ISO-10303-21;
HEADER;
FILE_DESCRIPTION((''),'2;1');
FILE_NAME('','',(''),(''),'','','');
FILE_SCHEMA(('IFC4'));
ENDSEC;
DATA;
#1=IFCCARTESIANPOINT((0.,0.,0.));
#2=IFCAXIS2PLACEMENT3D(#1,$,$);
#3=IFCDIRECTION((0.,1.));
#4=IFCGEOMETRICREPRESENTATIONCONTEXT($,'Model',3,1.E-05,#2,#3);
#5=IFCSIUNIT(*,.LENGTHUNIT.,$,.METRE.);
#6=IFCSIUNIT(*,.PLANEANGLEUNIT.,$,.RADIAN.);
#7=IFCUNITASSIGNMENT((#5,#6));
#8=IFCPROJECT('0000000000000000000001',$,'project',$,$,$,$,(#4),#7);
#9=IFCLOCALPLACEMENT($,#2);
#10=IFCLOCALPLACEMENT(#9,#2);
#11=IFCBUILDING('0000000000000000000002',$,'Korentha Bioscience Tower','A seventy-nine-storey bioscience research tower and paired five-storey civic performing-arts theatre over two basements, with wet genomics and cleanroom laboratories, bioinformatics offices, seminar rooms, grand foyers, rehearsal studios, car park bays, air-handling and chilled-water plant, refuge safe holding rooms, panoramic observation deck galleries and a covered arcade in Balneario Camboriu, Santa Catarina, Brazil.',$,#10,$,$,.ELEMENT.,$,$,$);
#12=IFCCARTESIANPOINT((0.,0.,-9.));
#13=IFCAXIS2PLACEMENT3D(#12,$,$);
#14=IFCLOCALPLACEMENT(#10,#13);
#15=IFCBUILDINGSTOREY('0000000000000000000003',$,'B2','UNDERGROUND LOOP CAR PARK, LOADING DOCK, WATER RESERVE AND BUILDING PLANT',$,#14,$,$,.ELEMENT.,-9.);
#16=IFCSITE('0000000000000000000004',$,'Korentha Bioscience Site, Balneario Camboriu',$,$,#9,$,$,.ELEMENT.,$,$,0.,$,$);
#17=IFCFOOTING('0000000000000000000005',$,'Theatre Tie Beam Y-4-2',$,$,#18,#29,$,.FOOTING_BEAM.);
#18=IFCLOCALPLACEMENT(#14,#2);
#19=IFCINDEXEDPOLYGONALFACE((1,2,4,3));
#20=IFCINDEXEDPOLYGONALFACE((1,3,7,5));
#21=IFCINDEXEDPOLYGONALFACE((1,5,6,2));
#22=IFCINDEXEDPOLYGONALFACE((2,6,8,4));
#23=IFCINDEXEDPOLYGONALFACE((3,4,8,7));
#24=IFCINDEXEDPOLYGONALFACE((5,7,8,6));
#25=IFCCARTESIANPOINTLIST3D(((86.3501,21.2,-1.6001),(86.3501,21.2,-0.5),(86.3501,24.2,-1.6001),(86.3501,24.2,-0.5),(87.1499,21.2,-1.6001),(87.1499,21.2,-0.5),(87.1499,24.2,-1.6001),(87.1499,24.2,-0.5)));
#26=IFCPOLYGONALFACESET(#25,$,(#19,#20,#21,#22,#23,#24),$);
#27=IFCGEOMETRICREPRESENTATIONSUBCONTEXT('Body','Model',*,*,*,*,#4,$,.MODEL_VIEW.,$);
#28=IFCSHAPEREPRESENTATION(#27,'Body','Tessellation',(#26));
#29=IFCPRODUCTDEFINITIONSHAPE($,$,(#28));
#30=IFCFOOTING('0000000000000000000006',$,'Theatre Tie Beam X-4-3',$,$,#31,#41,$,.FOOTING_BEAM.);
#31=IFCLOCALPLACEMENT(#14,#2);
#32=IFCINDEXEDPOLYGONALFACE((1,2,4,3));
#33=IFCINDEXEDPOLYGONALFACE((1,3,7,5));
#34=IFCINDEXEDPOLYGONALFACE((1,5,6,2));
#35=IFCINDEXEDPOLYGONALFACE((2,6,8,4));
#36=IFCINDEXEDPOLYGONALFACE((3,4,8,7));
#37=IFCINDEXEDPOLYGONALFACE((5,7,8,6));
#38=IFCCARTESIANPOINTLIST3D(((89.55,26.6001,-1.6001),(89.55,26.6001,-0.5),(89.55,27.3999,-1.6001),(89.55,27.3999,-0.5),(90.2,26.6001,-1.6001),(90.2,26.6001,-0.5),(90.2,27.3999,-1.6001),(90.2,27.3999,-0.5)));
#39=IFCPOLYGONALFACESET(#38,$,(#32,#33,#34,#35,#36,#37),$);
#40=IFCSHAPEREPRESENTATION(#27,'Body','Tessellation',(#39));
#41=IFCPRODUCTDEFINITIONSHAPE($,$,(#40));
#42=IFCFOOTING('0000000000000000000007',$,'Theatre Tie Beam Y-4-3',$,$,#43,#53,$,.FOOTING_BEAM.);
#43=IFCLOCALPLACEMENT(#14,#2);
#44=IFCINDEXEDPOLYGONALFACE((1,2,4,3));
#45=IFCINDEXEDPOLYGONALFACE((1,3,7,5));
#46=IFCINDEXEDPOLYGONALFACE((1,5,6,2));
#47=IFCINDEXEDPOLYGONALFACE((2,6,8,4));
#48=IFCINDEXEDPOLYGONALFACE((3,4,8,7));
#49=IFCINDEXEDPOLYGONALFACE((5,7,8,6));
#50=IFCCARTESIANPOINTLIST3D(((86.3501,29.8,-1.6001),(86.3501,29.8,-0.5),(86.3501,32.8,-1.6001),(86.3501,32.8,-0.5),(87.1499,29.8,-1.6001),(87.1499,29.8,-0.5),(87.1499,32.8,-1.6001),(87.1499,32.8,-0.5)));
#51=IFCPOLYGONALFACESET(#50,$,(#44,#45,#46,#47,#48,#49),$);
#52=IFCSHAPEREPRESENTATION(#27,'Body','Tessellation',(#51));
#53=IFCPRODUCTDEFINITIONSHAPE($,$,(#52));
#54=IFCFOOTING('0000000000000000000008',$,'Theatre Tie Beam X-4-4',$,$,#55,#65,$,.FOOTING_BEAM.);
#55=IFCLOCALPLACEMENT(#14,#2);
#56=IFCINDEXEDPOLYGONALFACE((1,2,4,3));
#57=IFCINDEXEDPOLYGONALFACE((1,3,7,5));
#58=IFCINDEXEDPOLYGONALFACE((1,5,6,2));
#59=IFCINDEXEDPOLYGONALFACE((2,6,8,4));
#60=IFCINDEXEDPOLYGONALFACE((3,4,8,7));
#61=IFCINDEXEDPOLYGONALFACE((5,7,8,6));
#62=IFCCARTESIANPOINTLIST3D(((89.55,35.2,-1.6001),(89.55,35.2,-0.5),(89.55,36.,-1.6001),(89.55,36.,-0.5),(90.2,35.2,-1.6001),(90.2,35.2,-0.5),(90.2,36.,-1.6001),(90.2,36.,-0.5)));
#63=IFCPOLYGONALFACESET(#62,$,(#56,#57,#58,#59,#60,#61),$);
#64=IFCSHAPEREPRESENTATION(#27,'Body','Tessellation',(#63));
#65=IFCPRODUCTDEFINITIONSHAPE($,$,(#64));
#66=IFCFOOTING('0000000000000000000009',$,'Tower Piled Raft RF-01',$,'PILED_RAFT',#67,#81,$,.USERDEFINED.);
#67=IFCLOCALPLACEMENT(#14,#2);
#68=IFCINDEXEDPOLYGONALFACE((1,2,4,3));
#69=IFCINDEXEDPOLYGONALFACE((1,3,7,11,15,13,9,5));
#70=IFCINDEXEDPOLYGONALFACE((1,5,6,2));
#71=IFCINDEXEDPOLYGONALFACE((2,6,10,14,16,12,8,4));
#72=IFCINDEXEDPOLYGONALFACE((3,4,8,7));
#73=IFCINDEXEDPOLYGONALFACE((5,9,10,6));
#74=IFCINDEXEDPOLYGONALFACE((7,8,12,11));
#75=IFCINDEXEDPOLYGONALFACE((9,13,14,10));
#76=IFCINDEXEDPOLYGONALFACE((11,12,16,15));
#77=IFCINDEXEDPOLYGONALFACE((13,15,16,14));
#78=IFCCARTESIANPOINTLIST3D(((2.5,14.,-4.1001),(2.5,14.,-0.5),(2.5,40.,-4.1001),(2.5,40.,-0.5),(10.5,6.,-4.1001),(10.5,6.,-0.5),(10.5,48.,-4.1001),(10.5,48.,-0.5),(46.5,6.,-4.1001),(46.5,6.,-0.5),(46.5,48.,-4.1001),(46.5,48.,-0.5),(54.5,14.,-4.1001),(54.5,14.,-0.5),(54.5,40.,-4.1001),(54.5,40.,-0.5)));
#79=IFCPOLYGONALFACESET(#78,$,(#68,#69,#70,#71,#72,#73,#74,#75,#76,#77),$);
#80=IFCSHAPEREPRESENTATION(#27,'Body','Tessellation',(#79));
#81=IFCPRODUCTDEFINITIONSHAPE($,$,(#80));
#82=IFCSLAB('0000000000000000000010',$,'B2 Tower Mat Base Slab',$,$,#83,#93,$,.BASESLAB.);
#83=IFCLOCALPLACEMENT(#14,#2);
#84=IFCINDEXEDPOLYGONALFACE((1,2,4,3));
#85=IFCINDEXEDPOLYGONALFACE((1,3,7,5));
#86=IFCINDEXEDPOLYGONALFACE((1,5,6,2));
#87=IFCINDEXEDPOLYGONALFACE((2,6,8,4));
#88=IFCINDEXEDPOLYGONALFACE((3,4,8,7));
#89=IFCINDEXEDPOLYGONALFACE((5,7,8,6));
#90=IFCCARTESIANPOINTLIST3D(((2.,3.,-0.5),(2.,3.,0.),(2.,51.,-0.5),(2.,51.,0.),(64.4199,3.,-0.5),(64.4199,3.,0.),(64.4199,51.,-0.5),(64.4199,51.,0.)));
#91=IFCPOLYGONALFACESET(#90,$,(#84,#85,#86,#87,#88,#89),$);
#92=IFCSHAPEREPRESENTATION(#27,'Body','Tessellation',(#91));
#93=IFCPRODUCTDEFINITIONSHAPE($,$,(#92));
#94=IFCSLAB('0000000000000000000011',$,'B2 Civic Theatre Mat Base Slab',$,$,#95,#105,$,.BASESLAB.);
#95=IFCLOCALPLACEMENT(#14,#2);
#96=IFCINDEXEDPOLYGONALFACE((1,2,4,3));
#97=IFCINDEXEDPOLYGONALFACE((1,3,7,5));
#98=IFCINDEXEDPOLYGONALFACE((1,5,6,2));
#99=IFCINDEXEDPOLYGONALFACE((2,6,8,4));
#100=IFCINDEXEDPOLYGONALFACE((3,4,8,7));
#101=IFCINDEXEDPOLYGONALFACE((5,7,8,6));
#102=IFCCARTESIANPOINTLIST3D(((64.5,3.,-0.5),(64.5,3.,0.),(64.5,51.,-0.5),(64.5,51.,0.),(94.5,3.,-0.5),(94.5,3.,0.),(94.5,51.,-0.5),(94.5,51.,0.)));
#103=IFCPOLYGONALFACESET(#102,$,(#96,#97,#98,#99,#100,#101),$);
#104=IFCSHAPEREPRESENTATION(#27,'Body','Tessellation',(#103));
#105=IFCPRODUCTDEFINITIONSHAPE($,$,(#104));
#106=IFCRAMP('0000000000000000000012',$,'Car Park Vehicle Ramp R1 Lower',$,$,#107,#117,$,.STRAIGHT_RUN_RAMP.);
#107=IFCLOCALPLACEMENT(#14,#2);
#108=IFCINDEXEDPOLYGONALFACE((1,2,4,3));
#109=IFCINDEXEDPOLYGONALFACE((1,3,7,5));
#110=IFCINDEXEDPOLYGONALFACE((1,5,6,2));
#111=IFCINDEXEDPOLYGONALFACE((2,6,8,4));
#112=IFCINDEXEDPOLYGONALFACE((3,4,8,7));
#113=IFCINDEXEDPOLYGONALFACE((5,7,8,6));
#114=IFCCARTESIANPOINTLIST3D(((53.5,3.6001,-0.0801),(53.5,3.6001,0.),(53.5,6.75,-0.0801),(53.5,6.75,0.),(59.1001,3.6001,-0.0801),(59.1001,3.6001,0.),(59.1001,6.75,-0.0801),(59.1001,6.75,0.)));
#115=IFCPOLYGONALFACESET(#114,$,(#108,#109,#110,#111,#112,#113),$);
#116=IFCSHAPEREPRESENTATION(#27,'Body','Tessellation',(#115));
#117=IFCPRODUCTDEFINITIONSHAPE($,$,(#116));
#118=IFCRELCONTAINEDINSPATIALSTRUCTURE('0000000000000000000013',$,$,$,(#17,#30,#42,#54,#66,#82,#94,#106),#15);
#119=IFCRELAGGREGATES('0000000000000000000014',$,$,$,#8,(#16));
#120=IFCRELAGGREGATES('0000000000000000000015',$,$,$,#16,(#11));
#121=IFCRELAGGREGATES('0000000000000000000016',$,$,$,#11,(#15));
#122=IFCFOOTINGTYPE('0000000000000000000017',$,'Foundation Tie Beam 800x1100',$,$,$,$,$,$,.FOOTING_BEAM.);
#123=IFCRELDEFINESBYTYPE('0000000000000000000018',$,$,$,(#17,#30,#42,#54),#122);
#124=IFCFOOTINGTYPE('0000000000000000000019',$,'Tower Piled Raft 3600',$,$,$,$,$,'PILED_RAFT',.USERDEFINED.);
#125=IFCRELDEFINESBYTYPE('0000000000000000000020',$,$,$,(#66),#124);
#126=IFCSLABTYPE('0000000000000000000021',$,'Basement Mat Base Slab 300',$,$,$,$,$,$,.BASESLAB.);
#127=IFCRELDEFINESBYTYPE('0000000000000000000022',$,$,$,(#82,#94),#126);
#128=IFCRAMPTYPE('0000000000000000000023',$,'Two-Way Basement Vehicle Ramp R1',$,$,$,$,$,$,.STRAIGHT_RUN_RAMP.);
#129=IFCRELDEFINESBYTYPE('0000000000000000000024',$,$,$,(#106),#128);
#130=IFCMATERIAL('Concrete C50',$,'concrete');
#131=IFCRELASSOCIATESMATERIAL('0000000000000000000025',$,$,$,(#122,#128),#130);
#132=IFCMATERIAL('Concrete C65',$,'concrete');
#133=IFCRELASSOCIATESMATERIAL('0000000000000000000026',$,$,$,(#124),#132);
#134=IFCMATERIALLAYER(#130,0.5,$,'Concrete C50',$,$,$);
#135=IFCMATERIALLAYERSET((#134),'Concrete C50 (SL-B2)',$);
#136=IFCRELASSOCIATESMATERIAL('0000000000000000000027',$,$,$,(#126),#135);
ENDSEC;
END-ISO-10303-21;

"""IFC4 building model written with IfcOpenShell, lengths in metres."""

from ifc_helpers import new_model, si_unit, direction, frame, origin, place, context, subcontext, project, spatial, polyline, outline, extrude, material, layer, layer_set, type_object, element, save


model = new_model("IFC4")

# Units and contexts
model_context = context("Model", 3, precision=1e-05, world=origin(), true_north=direction((0.0, 1.0)))
body_context = subcontext(model_context, "Body", "Model", "MODEL_VIEW")
ifc_project = project(units=[si_unit("LENGTHUNIT", "METRE"), si_unit("PLANEANGLEUNIT", "RADIAN")], contexts=[model_context])

# Site, building, storey
site_placement = place(None, origin())
site = spatial("IfcSite", under=ifc_project, at=site_placement, Name="Korentha Bioscience Site, Balneario Camboriu", CompositionType="ELEMENT", RefElevation=0.0)
building_placement = place(site_placement, origin())
building = spatial("IfcBuilding", under=site, at=building_placement, Name="Korentha Bioscience Tower", Description="A seventy-nine-storey bioscience research tower and paired five-storey civic performing-arts theatre over two basements, with wet genomics and cleanroom laboratories, bioinformatics offices, seminar rooms, grand foyers, rehearsal studios, car park bays, air-handling and chilled-water plant, refuge safe holding rooms, panoramic observation deck galleries and a covered arcade in Balneario Camboriu, Santa Catarina, Brazil.", CompositionType="ELEMENT")
storey_placement = place(building_placement, frame((0.0, 0.0, -9.0)))
storey = spatial("IfcBuildingStorey", under=building, at=storey_placement, Name="B2", Description="UNDERGROUND LOOP CAR PARK, LOADING DOCK, WATER RESERVE AND BUILDING PLANT", CompositionType="ELEMENT", Elevation=-9.0)

# Footings
ifc_material_1 = material(Name="Concrete C50", Category="concrete")
footing_type_1 = type_object("IfcFootingType", Name="Foundation Tie Beam 800x1100", PredefinedType="FOOTING_BEAM", material=ifc_material_1)
footing_1_placement = place(storey_placement, frame((0.0, 0.0, -1.6001)))
element("IfcFooting", 1, at=footing_1_placement, inside=storey, type_object=footing_type_1, Name="Theatre Tie Beam Y-4-2", PredefinedType="FOOTING_BEAM", context=body_context, shape_type="SweptSolid", body=[
    extrude(outline(polyline([(86.3501, 21.2), (87.1499, 21.2), (87.1499, 24.2), (86.3501, 24.2), (86.3501, 21.2)])), origin(), (0.0, 0.0, 1.0), 1.1001),
])
footing_2_placement = place(storey_placement, frame((0.0, 0.0, -1.6001)))
element("IfcFooting", 2, at=footing_2_placement, inside=storey, type_object=footing_type_1, Name="Theatre Tie Beam X-4-3", PredefinedType="FOOTING_BEAM", context=body_context, shape_type="SweptSolid", body=[
    extrude(outline(polyline([(89.55, 26.6001), (90.2, 26.6001), (90.2, 27.3999), (89.55, 27.3999), (89.55, 26.6001)])), origin(), (0.0, 0.0, 1.0), 1.1001),
])
footing_3_placement = place(storey_placement, frame((0.0, 0.0, -1.6001)))
element("IfcFooting", 3, at=footing_3_placement, inside=storey, type_object=footing_type_1, Name="Theatre Tie Beam Y-4-3", PredefinedType="FOOTING_BEAM", context=body_context, shape_type="SweptSolid", body=[
    extrude(outline(polyline([(86.3501, 29.8), (87.1499, 29.8), (87.1499, 32.8), (86.3501, 32.8), (86.3501, 29.8)])), origin(), (0.0, 0.0, 1.0), 1.1001),
])
footing_4_placement = place(storey_placement, frame((0.0, 0.0, -1.6001)))
element("IfcFooting", 4, at=footing_4_placement, inside=storey, type_object=footing_type_1, Name="Theatre Tie Beam X-4-4", PredefinedType="FOOTING_BEAM", context=body_context, shape_type="SweptSolid", body=[
    extrude(outline(polyline([(89.55, 35.2), (90.2, 35.2), (90.2, 36.0), (89.55, 36.0), (89.55, 35.2)])), origin(), (0.0, 0.0, 1.0), 1.1001),
])
ifc_material_2 = material(Name="Concrete C65", Category="concrete")
footing_type_2 = type_object("IfcFootingType", Name="Tower Piled Raft 3600", ElementType="PILED_RAFT", PredefinedType="USERDEFINED", material=ifc_material_2)
footing_5_placement = place(storey_placement, frame((0.0, 0.0, -4.1001)))
element("IfcFooting", 5, at=footing_5_placement, inside=storey, type_object=footing_type_2, Name="Tower Piled Raft RF-01", ObjectType="PILED_RAFT", PredefinedType="USERDEFINED", context=body_context, shape_type="SweptSolid", body=[
    extrude(outline(polyline([(10.5, 6.0), (46.5, 6.0), (54.5, 14.0), (54.5, 40.0), (46.5, 48.0), (10.5, 48.0), (2.5, 40.0), (2.5, 14.0), (10.5, 6.0)])), origin(), (0.0, 0.0, 1.0), 3.6001),
])

# Slabs
ifc_layer = layer(ifc_material_1, 0.5, Name="Concrete C50")
ifc_layer_set = layer_set([ifc_layer], Name="Concrete C50 (SL-B2)")
slab_type = type_object("IfcSlabType", Name="Basement Mat Base Slab 300", PredefinedType="BASESLAB", material=ifc_layer_set)
slab_1_placement = place(storey_placement, frame((0.0, 0.0, -0.5)))
element("IfcSlab", 6, at=slab_1_placement, inside=storey, type_object=slab_type, Name="B2 Tower Mat Base Slab", PredefinedType="BASESLAB", context=body_context, shape_type="SweptSolid", body=[
    extrude(outline(polyline([(2.0, 3.0), (64.4199, 3.0), (64.4199, 51.0), (2.0, 51.0), (2.0, 3.0)])), origin(), (0.0, 0.0, 1.0), 0.5),
])
slab_2_placement = place(storey_placement, frame((0.0, 0.0, -0.5)))
element("IfcSlab", 7, at=slab_2_placement, inside=storey, type_object=slab_type, Name="B2 Civic Theatre Mat Base Slab", PredefinedType="BASESLAB", context=body_context, shape_type="SweptSolid", body=[
    extrude(outline(polyline([(64.5, 3.0), (94.5, 3.0), (94.5, 51.0), (64.5, 51.0), (64.5, 3.0)])), origin(), (0.0, 0.0, 1.0), 0.5),
])

# Ramp
ramp_type = type_object("IfcRampType", Name="Two-Way Basement Vehicle Ramp R1", PredefinedType="STRAIGHT_RUN_RAMP", material=ifc_material_1)
ramp_placement = place(storey_placement, frame((0.0, 0.0, -0.0801)))
element("IfcRamp", 8, at=ramp_placement, inside=storey, type_object=ramp_type, Name="Car Park Vehicle Ramp R1 Lower", PredefinedType="STRAIGHT_RUN_RAMP", context=body_context, shape_type="SweptSolid", body=[
    extrude(outline(polyline([(53.5, 3.6001), (59.1001, 3.6001), (59.1001, 6.75), (53.5, 6.75), (53.5, 3.6001)])), origin(), (0.0, 0.0, 1.0), 0.0801),
])

save(model, "model.ifc")
